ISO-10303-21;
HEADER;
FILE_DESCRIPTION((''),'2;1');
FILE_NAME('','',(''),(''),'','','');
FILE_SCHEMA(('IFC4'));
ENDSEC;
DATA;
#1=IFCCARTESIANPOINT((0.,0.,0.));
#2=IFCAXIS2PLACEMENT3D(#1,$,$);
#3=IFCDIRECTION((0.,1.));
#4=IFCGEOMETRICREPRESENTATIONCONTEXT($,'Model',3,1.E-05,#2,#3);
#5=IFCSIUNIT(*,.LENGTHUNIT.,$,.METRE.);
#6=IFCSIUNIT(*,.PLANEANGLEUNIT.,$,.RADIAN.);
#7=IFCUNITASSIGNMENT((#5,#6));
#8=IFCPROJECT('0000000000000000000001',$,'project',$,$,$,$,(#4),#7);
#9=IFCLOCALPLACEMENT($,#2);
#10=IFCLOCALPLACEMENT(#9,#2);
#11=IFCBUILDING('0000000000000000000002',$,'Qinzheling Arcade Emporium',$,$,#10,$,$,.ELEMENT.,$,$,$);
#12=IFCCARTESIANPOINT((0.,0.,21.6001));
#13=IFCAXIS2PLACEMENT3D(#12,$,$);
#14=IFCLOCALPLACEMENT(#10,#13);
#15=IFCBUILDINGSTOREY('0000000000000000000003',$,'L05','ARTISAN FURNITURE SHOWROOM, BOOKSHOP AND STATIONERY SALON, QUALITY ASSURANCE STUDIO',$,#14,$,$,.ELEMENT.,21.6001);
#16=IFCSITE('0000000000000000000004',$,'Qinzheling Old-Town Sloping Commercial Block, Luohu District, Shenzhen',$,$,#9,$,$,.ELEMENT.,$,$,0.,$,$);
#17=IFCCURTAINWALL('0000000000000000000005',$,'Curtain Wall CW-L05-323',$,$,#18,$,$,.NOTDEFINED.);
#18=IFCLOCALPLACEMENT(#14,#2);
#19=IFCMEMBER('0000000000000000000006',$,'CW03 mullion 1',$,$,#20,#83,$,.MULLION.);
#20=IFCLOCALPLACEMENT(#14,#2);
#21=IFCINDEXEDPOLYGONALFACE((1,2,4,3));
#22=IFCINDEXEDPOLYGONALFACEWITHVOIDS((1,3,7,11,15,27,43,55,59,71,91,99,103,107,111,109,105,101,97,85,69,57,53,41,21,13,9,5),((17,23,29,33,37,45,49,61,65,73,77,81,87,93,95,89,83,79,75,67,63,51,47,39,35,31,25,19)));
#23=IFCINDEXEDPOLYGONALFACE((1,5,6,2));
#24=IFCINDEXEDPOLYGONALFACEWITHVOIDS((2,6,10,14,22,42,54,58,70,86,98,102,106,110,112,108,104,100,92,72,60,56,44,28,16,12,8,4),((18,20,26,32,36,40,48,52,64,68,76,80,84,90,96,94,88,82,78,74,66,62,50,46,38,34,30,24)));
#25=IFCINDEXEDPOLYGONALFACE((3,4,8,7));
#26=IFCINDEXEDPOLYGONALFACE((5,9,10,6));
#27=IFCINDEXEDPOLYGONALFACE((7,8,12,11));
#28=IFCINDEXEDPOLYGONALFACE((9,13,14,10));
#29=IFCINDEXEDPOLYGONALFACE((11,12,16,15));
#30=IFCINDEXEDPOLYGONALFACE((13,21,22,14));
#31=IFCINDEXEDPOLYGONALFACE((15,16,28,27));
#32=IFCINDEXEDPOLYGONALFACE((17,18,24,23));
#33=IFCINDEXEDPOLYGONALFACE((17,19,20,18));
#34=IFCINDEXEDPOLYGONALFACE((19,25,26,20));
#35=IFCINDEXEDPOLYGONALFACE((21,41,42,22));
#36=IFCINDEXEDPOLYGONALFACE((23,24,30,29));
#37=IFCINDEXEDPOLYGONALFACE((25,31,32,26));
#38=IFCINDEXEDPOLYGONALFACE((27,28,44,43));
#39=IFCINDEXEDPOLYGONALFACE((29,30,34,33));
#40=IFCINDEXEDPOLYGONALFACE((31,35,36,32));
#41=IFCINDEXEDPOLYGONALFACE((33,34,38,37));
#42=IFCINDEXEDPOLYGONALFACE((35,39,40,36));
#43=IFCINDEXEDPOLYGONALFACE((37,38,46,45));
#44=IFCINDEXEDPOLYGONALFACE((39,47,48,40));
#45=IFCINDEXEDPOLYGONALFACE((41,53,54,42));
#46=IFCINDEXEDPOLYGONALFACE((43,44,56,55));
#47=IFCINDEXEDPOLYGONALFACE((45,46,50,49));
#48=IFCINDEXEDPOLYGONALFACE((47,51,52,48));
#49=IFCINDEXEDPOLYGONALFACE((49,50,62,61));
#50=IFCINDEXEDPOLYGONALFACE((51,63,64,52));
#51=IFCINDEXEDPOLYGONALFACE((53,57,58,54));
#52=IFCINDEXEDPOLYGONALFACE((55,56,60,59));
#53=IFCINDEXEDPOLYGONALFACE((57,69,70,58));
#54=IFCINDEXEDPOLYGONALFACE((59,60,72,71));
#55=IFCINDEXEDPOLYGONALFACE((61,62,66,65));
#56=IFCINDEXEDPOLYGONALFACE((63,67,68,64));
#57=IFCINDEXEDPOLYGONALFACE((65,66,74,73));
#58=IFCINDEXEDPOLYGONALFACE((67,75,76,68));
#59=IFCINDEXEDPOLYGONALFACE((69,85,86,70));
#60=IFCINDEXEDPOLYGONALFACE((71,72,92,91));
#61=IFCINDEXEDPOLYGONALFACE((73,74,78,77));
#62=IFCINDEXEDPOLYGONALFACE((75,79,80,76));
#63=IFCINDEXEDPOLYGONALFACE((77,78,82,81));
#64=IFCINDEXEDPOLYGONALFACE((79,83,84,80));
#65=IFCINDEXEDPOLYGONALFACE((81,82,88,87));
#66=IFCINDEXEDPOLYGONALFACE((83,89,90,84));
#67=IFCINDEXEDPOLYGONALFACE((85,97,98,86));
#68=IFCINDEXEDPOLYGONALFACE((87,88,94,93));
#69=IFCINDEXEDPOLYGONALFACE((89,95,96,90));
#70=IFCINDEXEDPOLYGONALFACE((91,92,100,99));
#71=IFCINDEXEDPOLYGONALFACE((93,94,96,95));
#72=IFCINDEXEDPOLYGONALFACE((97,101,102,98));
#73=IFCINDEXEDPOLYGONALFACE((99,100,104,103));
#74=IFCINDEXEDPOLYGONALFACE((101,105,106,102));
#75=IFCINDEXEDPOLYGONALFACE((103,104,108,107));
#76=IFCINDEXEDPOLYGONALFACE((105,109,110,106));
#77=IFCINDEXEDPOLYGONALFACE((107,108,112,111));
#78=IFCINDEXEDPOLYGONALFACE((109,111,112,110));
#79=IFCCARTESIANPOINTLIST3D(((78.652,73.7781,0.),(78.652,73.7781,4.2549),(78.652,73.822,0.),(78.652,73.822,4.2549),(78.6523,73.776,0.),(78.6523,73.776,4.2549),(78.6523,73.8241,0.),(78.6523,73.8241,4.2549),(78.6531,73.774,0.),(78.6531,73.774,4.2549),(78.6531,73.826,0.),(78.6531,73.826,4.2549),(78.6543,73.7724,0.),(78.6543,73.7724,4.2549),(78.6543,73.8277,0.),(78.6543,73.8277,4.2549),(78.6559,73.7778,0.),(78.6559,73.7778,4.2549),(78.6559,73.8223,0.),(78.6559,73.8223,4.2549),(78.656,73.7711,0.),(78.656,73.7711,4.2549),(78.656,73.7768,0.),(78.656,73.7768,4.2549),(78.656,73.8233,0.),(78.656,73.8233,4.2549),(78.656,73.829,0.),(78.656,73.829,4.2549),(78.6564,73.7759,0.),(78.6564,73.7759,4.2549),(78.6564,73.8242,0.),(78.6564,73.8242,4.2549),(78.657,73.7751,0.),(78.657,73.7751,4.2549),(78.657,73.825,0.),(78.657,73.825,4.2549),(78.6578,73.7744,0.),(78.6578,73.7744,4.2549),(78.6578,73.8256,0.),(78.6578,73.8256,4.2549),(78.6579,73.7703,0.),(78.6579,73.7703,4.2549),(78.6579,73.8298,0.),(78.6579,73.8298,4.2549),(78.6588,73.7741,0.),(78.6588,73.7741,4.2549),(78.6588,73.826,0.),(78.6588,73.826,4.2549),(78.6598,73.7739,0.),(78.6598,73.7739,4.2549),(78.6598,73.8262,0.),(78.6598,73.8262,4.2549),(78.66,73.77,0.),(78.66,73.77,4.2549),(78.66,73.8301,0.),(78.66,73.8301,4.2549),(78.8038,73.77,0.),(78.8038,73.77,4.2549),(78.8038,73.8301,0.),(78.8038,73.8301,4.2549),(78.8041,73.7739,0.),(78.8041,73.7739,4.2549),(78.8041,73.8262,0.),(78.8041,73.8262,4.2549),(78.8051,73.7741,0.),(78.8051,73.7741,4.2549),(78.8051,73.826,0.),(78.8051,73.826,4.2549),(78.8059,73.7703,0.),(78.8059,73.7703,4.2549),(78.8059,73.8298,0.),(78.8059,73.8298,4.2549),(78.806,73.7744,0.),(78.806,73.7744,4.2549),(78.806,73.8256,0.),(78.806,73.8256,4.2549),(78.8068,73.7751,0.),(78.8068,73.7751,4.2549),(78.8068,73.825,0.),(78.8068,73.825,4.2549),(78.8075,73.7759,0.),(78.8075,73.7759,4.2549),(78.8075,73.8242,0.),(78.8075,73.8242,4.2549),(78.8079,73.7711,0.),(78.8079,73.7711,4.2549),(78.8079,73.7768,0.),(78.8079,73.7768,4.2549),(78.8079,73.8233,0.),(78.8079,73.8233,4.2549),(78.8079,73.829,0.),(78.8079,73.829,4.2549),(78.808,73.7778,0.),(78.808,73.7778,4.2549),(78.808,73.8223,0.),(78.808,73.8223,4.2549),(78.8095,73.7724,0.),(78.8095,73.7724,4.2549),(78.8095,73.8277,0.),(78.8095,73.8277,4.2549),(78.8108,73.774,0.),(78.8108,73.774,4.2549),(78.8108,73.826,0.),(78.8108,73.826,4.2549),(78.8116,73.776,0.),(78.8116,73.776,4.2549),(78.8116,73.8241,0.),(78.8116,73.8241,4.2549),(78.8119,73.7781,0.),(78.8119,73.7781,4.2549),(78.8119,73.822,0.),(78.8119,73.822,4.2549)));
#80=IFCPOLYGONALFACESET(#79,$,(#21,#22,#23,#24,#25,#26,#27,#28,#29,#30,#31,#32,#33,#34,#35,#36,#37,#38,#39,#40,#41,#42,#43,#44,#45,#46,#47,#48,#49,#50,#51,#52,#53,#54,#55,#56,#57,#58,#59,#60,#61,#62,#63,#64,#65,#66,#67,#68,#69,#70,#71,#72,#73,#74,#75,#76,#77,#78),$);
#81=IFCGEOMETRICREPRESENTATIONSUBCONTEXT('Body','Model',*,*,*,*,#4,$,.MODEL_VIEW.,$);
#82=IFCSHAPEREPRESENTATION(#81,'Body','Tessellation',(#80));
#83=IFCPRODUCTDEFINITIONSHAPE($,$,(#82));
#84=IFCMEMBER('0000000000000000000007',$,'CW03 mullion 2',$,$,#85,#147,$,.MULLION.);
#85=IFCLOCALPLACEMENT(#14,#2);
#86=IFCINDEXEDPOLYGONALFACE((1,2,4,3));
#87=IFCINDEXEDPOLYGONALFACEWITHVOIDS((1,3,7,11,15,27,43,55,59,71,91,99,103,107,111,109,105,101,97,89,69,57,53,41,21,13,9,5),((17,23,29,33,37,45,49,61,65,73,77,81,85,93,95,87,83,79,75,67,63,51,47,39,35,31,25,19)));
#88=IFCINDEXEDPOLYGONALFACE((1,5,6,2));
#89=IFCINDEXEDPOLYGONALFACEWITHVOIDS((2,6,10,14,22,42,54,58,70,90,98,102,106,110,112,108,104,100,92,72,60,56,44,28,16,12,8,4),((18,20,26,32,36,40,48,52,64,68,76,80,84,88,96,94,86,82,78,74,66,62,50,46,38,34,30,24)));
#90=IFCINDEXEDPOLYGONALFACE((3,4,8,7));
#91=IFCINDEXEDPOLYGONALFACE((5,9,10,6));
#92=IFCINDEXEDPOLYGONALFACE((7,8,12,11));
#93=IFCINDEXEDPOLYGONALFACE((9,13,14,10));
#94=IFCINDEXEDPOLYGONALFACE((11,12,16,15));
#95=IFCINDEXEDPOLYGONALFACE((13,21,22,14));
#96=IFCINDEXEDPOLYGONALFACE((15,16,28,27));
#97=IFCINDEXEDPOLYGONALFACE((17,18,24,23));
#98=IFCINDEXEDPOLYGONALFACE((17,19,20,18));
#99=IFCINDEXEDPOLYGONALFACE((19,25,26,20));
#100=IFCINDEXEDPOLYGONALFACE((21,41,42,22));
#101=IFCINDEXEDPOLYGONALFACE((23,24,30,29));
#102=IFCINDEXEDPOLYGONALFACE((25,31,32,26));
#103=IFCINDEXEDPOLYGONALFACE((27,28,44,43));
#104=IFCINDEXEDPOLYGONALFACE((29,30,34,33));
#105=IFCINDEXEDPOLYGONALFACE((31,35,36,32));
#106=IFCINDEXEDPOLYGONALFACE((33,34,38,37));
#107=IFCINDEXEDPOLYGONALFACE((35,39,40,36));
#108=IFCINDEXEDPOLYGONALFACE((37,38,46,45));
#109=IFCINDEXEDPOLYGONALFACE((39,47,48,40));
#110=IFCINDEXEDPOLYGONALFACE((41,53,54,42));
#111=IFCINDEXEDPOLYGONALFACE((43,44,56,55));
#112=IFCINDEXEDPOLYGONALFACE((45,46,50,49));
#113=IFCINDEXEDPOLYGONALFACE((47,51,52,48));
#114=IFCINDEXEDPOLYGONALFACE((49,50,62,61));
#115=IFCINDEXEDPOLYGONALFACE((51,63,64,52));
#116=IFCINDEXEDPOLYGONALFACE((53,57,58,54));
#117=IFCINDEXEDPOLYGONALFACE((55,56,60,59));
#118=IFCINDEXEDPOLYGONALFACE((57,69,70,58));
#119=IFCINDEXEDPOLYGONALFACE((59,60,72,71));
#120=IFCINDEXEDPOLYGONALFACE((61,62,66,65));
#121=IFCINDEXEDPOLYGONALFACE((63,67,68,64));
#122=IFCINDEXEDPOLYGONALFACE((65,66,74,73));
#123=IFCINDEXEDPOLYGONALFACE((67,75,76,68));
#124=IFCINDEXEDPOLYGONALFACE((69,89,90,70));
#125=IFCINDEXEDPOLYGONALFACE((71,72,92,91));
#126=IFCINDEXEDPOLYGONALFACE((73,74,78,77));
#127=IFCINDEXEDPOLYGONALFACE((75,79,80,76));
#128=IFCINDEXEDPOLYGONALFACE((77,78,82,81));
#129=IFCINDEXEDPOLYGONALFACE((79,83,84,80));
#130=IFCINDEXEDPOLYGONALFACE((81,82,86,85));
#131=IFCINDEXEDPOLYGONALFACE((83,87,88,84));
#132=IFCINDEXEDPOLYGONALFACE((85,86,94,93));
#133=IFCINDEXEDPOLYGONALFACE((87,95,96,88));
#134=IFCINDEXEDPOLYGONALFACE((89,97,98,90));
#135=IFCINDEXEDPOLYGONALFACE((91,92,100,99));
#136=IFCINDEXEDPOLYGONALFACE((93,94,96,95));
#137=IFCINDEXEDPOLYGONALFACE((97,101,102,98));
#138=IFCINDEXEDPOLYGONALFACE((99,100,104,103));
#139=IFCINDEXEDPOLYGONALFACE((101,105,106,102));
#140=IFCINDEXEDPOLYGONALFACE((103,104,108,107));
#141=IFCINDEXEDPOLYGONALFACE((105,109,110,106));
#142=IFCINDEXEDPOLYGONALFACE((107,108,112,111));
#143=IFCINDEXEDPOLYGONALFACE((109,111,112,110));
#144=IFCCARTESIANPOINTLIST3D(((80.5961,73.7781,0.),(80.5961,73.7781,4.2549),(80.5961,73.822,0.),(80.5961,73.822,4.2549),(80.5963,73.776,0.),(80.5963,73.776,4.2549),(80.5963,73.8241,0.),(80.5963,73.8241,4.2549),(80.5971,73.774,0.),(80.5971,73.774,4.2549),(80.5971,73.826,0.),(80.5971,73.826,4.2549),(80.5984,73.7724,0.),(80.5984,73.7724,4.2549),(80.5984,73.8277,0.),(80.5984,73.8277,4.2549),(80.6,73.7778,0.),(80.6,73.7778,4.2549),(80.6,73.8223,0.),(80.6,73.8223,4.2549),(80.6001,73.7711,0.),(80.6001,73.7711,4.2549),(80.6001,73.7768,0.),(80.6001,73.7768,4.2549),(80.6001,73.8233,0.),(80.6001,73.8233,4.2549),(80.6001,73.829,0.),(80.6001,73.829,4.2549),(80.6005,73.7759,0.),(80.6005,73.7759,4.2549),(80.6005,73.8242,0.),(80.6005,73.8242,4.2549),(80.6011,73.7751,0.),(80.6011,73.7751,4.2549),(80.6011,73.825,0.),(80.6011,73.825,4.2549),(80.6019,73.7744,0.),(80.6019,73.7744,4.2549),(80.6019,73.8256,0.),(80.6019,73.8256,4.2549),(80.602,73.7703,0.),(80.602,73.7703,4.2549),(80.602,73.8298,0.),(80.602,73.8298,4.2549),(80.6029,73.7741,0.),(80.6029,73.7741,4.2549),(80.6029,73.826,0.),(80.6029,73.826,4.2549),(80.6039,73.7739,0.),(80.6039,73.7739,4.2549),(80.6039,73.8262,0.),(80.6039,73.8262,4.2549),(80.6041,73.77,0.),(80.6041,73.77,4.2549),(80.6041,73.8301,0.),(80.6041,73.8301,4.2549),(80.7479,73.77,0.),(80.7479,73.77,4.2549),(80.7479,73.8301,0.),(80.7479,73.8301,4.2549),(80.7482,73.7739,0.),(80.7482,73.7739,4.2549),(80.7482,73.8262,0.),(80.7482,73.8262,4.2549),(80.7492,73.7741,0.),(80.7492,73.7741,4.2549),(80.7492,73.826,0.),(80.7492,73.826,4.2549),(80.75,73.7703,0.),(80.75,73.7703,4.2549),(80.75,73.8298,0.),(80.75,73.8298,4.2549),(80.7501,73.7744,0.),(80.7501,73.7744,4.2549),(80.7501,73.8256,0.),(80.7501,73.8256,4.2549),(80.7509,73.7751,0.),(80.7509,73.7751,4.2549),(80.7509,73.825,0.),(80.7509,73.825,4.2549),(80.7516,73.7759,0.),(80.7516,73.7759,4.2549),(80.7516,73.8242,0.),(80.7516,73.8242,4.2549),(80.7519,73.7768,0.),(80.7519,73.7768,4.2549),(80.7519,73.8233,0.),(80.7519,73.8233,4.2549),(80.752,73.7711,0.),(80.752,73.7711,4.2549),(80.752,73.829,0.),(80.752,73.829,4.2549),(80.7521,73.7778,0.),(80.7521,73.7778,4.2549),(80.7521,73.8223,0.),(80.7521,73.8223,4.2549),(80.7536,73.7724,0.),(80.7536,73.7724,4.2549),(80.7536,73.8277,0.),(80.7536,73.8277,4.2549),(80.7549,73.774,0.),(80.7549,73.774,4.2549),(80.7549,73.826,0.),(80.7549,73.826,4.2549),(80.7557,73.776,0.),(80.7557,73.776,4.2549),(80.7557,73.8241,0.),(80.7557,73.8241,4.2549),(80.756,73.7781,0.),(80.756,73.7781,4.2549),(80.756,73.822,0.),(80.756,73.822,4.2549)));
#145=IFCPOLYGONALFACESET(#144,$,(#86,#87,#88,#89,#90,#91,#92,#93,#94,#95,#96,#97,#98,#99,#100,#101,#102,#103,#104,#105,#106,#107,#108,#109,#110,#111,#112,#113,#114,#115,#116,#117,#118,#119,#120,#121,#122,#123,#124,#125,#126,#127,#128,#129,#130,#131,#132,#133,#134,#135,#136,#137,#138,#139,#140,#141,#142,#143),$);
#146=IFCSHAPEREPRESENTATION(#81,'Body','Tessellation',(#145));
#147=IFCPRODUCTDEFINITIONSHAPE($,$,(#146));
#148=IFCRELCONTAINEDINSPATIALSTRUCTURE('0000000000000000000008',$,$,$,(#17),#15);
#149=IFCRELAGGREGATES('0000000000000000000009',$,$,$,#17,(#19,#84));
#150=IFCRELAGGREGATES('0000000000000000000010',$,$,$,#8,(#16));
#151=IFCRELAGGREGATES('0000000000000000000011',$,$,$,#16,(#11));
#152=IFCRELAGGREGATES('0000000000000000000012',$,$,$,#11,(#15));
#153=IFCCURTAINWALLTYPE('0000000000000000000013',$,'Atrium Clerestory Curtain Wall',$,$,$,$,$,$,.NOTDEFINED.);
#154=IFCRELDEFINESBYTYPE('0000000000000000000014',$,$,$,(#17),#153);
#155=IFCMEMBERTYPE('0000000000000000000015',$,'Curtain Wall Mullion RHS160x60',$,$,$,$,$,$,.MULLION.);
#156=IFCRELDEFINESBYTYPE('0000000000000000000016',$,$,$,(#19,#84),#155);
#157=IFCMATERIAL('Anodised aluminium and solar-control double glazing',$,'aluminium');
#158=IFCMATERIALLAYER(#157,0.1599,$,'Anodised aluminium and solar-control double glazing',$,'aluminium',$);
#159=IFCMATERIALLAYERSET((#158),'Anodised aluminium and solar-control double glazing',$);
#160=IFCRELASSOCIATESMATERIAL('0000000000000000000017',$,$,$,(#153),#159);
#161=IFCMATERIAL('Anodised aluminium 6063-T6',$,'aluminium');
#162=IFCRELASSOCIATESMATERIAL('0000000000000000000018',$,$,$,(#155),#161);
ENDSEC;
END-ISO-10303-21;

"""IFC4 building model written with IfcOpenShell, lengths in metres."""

from ifc_helpers import new_model, si_unit, direction, frame, origin, origin_2d, place, context, subcontext, project, spatial, hollow_rectangle, extrude, material, layer, layer_set, material_profile, profile_set, type_object, element, aggregate, save


model = new_model("IFC4")

# Units and contexts
model_context = context("Model", 3, precision=1e-05, world=origin(), true_north=direction((0.0, 1.0)))
body_context = subcontext(model_context, "Body", "Model", "MODEL_VIEW")
ifc_project = project(units=[si_unit("LENGTHUNIT", "METRE"), si_unit("PLANEANGLEUNIT", "RADIAN")], contexts=[model_context])

# Site, building, storey
site_placement = place(None, origin())
site = spatial("IfcSite", under=ifc_project, at=site_placement, Name="Qinzheling Old-Town Sloping Commercial Block, Luohu District, Shenzhen", CompositionType="ELEMENT", RefElevation=0.0)
building_placement = place(site_placement, origin())
building = spatial("IfcBuilding", under=site, at=building_placement, Name="Qinzheling Arcade Emporium", CompositionType="ELEMENT")
storey_placement = place(building_placement, frame((0.0, 0.0, 21.6001)))
storey = spatial("IfcBuildingStorey", under=building, at=storey_placement, Name="L05", Description="ARTISAN FURNITURE SHOWROOM, BOOKSHOP AND STATIONERY SALON, QUALITY ASSURANCE STUDIO", CompositionType="ELEMENT", Elevation=21.6001)

# Curtain wall, members
ifc_material_1 = material(Name="Anodised aluminium and solar-control double glazing", Category="aluminium")
ifc_layer_1 = layer(ifc_material_1, 0.1599, Name="Anodised aluminium and solar-control double glazing", Category="aluminium")
ifc_layer_set_1 = layer_set([ifc_layer_1], Name="Anodised aluminium and solar-control double glazing")
curtain_wall_type = type_object("IfcCurtainWallType", Name="Atrium Clerestory Curtain Wall", PredefinedType="NOTDEFINED", material=ifc_layer_set_1)
ifc_material_2 = material(Name="Anodised aluminium 6063-T6", Category="aluminium")
ifc_material_profile_1 = material_profile(ifc_material_2, hollow_rectangle(XDim=0.0601, YDim=0.1599, WallThickness=0.0039, InnerFilletRadius=0.0039, OuterFilletRadius=0.0081, at=origin_2d()), Name="RHS 160x60x4", Category="aluminium")
ifc_profile_set_1 = profile_set([ifc_material_profile_1], Name="Anodised aluminium 6063-T6")
member_type_1 = type_object("IfcMemberType", Name="Curtain Wall Mullion RHS160x60", PredefinedType="MULLION", material=ifc_profile_set_1)
curtain_wall_1_placement = place(storey_placement, origin())
curtain_wall_1 = element("IfcCurtainWall", 1, at=curtain_wall_1_placement, inside=storey, type_object=curtain_wall_type, Name="Curtain Wall CW-L05-323", PredefinedType="NOTDEFINED")
member_1_placement = place(storey_placement, frame((78.7319, 73.8, 0.0), z_axis=(0.0, 0.0, 1.0), x_axis=(0.0, 1.0, 0.0)))
member_1 = element("IfcMember", 2, at=member_1_placement, type_object=member_type_1, Name="CW03 mullion 1", PredefinedType="MULLION", context=body_context, shape_type="SweptSolid", body=[
    extrude(hollow_rectangle(XDim=0.0601, YDim=0.1599, WallThickness=0.0039, InnerFilletRadius=0.0039, OuterFilletRadius=0.0081, at=origin_2d()), origin(), (0.0, 0.0, 1.0), 4.2549),
])
member_2_placement = place(storey_placement, frame((80.676, 73.8, 0.0), z_axis=(0.0, 0.0, 1.0), x_axis=(0.0, 1.0, 0.0)))
member_2 = element("IfcMember", 3, at=member_2_placement, type_object=member_type_1, Name="CW03 mullion 2", PredefinedType="MULLION", context=body_context, shape_type="SweptSolid", body=[
    extrude(hollow_rectangle(XDim=0.0601, YDim=0.1599, WallThickness=0.0039, InnerFilletRadius=0.0039, OuterFilletRadius=0.0081, at=origin_2d()), origin(), (0.0, 0.0, 1.0), 4.2549),
])

aggregate(curtain_wall_1, [member_1, member_2])

save(model, "model.ifc")
